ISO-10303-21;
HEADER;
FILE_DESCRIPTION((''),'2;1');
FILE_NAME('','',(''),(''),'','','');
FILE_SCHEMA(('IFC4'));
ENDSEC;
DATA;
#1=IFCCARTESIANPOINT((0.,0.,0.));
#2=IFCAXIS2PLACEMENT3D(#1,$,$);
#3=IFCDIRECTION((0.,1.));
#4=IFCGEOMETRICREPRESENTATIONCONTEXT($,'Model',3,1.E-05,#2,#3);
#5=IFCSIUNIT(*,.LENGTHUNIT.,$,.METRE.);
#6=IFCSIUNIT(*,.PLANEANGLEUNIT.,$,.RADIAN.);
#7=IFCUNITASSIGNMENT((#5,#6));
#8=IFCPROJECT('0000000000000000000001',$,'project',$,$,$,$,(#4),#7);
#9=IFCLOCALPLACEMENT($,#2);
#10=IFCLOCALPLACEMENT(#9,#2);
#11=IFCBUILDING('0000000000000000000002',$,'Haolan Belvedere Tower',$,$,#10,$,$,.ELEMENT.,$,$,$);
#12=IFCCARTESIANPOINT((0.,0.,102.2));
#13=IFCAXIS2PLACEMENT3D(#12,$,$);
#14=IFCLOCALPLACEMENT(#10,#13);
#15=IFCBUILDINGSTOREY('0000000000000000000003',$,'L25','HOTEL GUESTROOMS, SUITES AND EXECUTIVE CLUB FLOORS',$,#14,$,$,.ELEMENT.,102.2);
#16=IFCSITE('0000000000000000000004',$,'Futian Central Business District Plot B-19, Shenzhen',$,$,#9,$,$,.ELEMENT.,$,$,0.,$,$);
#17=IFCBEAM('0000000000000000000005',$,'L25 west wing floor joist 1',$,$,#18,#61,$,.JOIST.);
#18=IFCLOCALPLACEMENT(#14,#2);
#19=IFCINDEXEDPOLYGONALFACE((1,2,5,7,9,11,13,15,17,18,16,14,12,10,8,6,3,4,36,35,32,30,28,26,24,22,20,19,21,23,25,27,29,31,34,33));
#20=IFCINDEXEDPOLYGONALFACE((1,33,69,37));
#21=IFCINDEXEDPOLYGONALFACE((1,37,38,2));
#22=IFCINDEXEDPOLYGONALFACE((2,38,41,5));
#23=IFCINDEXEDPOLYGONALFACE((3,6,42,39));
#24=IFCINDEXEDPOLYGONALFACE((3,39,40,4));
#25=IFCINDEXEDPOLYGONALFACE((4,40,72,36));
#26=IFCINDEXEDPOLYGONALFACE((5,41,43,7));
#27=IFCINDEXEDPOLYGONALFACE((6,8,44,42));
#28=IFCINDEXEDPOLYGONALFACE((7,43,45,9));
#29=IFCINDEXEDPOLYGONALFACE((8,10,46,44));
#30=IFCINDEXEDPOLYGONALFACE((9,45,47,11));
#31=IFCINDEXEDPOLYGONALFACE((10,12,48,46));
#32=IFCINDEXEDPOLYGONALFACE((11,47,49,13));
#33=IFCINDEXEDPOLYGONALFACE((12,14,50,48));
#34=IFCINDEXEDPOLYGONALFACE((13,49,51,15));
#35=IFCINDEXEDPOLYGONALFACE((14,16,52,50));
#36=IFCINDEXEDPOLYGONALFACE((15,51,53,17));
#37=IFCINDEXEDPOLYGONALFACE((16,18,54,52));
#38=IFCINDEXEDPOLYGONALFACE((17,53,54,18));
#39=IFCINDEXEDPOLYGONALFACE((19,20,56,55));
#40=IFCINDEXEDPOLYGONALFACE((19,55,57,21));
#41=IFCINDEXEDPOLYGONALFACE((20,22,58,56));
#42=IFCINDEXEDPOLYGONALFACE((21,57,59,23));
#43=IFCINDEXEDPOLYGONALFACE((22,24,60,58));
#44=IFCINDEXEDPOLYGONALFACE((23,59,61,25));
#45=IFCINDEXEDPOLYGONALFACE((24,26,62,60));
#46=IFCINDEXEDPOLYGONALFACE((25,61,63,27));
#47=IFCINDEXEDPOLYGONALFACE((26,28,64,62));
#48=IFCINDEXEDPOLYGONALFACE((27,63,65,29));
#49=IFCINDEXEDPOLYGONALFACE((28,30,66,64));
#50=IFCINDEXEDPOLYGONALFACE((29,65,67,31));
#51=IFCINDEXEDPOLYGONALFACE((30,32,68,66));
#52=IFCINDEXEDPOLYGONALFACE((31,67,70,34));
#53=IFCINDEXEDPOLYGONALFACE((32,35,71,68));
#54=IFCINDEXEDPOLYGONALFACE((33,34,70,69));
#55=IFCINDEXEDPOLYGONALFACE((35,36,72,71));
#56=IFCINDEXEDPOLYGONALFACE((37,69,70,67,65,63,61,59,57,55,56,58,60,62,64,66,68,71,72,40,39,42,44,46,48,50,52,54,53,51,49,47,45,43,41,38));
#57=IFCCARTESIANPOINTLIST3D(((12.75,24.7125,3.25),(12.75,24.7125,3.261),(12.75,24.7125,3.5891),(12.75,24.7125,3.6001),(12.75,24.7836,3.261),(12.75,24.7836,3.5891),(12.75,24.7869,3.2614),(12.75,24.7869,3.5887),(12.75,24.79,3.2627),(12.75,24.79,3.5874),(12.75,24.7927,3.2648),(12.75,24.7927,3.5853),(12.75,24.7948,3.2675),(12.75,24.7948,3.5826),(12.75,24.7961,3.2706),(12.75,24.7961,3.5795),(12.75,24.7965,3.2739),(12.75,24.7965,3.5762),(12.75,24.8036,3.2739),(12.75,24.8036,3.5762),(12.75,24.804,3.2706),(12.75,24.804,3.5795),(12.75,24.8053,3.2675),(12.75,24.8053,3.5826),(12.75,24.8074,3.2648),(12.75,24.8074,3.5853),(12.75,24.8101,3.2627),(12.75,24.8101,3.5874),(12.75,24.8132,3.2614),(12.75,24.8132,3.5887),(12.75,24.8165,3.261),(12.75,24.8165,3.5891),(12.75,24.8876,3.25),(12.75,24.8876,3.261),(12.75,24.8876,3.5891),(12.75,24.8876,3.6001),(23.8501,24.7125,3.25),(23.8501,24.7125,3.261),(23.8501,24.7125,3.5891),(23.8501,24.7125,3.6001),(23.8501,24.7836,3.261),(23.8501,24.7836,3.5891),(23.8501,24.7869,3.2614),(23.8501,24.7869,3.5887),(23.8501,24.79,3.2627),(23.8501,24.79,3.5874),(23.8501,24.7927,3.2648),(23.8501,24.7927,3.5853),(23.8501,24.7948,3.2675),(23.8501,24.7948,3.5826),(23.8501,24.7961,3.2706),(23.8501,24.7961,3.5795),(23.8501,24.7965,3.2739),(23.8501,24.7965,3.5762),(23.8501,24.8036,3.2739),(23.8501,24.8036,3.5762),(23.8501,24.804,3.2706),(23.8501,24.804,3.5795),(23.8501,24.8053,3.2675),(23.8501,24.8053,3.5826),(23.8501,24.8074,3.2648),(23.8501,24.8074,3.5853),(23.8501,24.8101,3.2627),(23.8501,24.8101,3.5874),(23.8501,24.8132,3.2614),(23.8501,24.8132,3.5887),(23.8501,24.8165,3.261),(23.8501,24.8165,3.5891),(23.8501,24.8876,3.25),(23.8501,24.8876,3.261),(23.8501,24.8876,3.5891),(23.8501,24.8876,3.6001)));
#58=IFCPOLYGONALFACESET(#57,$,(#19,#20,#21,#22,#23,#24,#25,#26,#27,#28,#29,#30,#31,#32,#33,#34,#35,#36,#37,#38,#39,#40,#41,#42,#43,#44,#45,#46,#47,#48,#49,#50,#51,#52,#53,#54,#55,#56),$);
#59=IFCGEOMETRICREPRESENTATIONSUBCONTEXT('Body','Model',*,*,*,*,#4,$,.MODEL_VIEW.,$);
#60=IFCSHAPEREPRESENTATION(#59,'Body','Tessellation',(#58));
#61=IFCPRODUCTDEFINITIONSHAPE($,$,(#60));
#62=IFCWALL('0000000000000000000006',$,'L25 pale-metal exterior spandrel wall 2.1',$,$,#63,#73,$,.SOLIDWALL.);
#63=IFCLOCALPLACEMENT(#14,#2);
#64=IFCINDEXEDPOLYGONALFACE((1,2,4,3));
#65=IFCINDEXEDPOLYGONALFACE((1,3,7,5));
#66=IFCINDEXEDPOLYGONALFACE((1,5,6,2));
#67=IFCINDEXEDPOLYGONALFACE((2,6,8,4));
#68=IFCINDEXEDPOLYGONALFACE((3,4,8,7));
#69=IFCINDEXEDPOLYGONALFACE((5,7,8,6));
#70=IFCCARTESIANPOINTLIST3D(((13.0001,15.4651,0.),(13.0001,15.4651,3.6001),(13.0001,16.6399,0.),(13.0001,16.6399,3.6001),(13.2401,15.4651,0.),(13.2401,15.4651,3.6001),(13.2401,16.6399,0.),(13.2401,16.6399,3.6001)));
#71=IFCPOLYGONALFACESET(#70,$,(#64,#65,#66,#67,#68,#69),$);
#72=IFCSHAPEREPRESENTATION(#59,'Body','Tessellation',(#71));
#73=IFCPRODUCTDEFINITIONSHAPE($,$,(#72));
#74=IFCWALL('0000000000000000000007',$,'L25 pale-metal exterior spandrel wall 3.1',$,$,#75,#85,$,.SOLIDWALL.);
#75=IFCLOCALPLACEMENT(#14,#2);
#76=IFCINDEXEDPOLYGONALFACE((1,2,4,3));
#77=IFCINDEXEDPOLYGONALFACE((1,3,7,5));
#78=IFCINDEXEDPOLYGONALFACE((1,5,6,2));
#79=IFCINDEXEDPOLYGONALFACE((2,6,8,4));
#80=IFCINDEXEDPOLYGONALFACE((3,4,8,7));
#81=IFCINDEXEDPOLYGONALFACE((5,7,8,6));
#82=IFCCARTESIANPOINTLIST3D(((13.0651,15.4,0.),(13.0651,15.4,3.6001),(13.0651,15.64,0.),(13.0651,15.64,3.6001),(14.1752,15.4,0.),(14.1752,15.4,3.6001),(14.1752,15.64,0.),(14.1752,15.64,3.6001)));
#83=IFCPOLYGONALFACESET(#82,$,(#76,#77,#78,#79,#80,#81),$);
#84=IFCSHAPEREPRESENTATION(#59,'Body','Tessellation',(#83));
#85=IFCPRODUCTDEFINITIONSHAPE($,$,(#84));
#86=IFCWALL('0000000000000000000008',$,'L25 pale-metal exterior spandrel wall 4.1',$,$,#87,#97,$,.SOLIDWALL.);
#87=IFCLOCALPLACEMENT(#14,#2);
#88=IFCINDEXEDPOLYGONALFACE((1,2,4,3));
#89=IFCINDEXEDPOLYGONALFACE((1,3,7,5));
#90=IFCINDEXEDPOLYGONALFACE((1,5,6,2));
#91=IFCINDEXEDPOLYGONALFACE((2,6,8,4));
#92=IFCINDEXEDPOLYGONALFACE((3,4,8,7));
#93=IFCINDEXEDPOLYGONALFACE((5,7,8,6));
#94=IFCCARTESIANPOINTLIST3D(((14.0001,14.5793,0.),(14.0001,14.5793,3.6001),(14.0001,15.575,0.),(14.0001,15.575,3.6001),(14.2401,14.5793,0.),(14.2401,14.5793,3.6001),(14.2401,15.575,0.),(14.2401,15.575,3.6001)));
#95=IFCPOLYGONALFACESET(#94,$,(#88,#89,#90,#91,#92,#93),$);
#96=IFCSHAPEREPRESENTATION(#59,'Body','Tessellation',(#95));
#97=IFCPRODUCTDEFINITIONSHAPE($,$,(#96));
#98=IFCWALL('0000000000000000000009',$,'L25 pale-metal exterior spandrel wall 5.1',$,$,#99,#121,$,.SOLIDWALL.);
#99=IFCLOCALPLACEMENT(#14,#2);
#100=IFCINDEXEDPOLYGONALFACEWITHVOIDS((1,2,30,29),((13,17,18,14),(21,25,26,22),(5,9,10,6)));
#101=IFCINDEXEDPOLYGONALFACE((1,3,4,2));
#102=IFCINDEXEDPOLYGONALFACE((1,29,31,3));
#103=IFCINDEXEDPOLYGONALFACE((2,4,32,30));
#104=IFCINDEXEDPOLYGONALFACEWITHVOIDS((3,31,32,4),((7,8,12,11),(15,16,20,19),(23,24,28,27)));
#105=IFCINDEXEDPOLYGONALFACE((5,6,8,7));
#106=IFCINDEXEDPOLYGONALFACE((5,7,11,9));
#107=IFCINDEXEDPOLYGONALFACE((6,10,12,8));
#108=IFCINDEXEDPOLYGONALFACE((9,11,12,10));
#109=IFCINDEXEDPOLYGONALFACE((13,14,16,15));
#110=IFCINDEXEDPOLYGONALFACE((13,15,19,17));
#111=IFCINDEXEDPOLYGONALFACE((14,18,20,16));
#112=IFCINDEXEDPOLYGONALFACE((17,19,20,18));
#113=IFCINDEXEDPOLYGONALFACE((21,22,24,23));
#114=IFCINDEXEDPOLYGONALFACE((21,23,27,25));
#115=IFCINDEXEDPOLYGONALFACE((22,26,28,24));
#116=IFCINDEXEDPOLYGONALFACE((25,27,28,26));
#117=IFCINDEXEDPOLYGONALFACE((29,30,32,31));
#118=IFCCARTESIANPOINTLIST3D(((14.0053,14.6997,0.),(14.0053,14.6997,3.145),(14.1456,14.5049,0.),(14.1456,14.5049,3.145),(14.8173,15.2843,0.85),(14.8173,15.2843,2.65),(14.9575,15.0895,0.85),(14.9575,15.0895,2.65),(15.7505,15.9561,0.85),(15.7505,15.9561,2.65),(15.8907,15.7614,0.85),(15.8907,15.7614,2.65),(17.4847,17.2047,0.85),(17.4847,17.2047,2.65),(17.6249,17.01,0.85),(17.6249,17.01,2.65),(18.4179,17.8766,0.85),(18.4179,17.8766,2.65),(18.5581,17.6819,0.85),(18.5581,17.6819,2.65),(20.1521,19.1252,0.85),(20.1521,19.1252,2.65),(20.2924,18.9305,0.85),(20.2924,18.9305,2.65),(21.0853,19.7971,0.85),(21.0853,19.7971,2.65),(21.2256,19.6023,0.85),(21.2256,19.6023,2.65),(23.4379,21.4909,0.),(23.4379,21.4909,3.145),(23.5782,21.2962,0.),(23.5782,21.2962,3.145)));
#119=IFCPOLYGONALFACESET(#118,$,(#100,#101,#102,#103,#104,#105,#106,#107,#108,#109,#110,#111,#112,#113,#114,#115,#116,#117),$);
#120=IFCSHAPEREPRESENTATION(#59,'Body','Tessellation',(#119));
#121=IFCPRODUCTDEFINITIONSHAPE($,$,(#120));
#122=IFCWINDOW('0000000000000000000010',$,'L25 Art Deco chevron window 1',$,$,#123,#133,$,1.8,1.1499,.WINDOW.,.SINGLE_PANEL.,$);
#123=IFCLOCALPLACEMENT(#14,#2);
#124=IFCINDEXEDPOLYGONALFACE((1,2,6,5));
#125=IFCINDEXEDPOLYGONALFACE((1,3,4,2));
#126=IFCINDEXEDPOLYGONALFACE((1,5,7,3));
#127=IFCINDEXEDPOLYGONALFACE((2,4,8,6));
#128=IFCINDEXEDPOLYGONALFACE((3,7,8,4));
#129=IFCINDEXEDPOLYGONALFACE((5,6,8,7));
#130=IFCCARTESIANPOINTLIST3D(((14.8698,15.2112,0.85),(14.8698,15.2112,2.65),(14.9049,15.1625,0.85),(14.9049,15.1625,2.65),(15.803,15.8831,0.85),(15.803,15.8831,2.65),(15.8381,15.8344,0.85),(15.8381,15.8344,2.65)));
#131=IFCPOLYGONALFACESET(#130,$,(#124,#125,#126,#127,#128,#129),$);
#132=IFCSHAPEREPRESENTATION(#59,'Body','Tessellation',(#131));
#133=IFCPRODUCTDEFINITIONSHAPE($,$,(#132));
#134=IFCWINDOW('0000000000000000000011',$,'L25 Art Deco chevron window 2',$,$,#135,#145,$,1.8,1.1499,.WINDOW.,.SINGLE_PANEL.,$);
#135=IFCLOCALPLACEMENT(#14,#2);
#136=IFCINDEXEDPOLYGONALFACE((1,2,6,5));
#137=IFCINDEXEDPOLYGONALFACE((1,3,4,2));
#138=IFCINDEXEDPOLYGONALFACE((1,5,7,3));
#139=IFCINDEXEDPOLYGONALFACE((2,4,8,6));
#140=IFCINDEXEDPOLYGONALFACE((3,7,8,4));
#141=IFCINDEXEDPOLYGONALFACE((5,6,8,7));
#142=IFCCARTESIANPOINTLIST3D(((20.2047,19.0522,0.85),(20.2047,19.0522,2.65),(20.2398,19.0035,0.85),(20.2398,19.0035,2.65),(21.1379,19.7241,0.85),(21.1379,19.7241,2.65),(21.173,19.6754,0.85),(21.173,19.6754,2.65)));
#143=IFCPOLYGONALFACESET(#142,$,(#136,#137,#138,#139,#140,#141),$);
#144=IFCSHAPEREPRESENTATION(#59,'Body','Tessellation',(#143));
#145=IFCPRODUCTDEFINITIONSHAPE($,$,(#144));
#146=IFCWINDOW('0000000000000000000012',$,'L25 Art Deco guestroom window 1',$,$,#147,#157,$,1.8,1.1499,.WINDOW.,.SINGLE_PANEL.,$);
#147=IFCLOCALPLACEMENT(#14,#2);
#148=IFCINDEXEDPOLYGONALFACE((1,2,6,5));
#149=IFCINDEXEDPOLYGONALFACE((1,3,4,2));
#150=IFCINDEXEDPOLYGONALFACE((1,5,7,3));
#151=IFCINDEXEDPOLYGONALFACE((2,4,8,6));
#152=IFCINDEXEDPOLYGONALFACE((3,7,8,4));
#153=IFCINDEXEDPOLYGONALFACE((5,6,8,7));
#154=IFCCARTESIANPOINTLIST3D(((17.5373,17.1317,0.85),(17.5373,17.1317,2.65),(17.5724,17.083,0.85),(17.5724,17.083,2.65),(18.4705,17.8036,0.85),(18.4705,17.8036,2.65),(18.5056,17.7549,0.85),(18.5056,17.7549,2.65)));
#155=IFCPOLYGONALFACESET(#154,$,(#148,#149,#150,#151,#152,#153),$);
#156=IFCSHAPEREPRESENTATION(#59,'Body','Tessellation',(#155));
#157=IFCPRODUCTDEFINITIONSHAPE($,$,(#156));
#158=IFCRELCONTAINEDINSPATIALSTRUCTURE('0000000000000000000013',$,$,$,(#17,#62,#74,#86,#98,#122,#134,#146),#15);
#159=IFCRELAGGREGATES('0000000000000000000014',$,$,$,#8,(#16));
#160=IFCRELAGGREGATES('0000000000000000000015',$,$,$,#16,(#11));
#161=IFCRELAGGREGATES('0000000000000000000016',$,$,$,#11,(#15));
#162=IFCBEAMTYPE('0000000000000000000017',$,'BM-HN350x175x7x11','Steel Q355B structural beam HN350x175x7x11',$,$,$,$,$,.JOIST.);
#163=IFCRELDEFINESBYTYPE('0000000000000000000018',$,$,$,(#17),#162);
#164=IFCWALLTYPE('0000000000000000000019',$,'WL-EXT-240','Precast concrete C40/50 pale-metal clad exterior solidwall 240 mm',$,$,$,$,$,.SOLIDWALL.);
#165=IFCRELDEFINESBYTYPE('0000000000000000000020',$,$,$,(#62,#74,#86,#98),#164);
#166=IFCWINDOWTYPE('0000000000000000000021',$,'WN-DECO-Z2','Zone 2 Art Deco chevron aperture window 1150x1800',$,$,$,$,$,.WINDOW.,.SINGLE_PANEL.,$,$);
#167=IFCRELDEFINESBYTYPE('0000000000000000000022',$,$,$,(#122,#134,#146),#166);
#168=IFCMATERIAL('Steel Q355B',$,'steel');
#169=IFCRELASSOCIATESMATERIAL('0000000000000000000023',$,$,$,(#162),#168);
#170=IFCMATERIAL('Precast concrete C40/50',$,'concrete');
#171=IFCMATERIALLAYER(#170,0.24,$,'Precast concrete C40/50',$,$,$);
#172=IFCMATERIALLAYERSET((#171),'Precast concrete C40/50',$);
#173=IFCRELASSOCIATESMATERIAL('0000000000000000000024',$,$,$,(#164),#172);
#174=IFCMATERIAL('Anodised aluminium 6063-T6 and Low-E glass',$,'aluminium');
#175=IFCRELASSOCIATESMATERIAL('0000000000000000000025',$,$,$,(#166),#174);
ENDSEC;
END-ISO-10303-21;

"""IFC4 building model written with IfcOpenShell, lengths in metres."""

from ifc_helpers import new_model, si_unit, direction, frame, frame_2d, origin, origin_2d, place, context, subcontext, project, spatial, rectangle, i_section, extrude, material, layer, layer_set, material_profile, profile_set, type_object, element, fill, save


model = new_model("IFC4")

# Units and contexts
model_context = context("Model", 3, precision=1e-05, world=origin(), true_north=direction((0.0, 1.0)))
body_context = subcontext(model_context, "Body", "Model", "MODEL_VIEW")
ifc_project = project(units=[si_unit("LENGTHUNIT", "METRE"), si_unit("PLANEANGLEUNIT", "RADIAN")], contexts=[model_context])

# Site, building, storey
site_placement = place(None, origin())
site = spatial("IfcSite", under=ifc_project, at=site_placement, Name="Futian Central Business District Plot B-19, Shenzhen", CompositionType="ELEMENT", RefElevation=0.0)
building_placement = place(site_placement, origin())
building = spatial("IfcBuilding", under=site, at=building_placement, Name="Haolan Belvedere Tower", CompositionType="ELEMENT")
storey_placement = place(building_placement, frame((0.0, 0.0, 102.2)))
storey = spatial("IfcBuildingStorey", under=building, at=storey_placement, Name="L25", Description="HOTEL GUESTROOMS, SUITES AND EXECUTIVE CLUB FLOORS", CompositionType="ELEMENT", Elevation=102.2)

# Beam
ifc_material_1 = material(Name="Steel Q355B", Category="steel")
ifc_material_profile_1 = material_profile(ifc_material_1, i_section(OverallWidth=0.175, OverallDepth=0.3501, WebThickness=0.0071, FlangeThickness=0.011, FilletRadius=0.0129, at=origin_2d()), Name="Steel Q355B")
ifc_profile_set_1 = profile_set([ifc_material_profile_1], Name="Steel Q355B")
beam_type_1 = type_object("IfcBeamType", Name="BM-HN350x175x7x11", Description="Steel Q355B structural beam HN350x175x7x11", PredefinedType="JOIST", material=ifc_profile_set_1)
beam_1_placement = place(storey_placement, frame((12.75, 24.8, 3.425), z_axis=(1.0, 0.0, 0.0), x_axis=(0.0, 1.0, 0.0)))
element("IfcBeam", 1, at=beam_1_placement, inside=storey, type_object=beam_type_1, Name="L25 west wing floor joist 1", PredefinedType="JOIST", context=body_context, shape_type="SweptSolid", body=[
    extrude(i_section(OverallWidth=0.175, OverallDepth=0.3501, WebThickness=0.0071, FlangeThickness=0.011, FilletRadius=0.0129, at=origin_2d()), origin(), (0.0, 0.0, 1.0), 11.1001),
])

# Walls
ifc_material_2 = material(Name="Precast concrete C40/50", Category="concrete")
ifc_layer_1 = layer(ifc_material_2, 0.24, Name="Precast concrete C40/50")
ifc_layer_set_1 = layer_set([ifc_layer_1], Name="Precast concrete C40/50")
wall_type_1 = type_object("IfcWallType", Name="WL-EXT-240", Description="Precast concrete C40/50 pale-metal clad exterior solidwall 240 mm", PredefinedType="SOLIDWALL", material=ifc_layer_set_1)
wall_1_placement = place(storey_placement, frame((13.1201, 16.6399, 0.0), z_axis=(0.0, 0.0, 1.0), x_axis=(0.0, -1.0, 0.0)))
element("IfcWall", 2, at=wall_1_placement, inside=storey, type_object=wall_type_1, Name="L25 pale-metal exterior spandrel wall 2.1", PredefinedType="SOLIDWALL", context=body_context, shape_type="SweptSolid", body=[
    extrude(rectangle(XDim=1.1748, YDim=0.24, at=frame_2d((0.5874, 0.0))), origin(), (0.0, 0.0, 1.0), 3.6001),
])
wall_2_placement = place(storey_placement, frame((13.0649, 15.52, 0.0), z_axis=(0.0, 0.0, 1.0), x_axis=(1.0, 0.0, 0.0)))
element("IfcWall", 3, at=wall_2_placement, inside=storey, type_object=wall_type_1, Name="L25 pale-metal exterior spandrel wall 3.1", PredefinedType="SOLIDWALL", context=body_context, shape_type="SweptSolid", body=[
    extrude(rectangle(XDim=1.1101, YDim=0.24, at=frame_2d((0.5552, 0.0))), origin(), (0.0, 0.0, 1.0), 3.6001),
])
wall_3_placement = place(storey_placement, frame((14.1201, 15.575, 0.0), z_axis=(0.0, 0.0, 1.0), x_axis=(0.0, -1.0, 0.0)))
element("IfcWall", 4, at=wall_3_placement, inside=storey, type_object=wall_type_1, Name="L25 pale-metal exterior spandrel wall 4.1", PredefinedType="SOLIDWALL", context=body_context, shape_type="SweptSolid", body=[
    extrude(rectangle(XDim=0.9956, YDim=0.24, at=frame_2d((0.4978, 0.0))), origin(), (0.0, 0.0, 1.0), 3.6001),
])

# Wall, openings, windows
wall_4_placement = place(storey_placement, frame((14.0754, 14.6023, 0.0), z_axis=(0.0, 0.0, 1.0), x_axis=(0.811544, 0.584292, 0.0)))
wall_4 = element("IfcWall", 5, at=wall_4_placement, inside=storey, type_object=wall_type_1, Name="L25 pale-metal exterior spandrel wall 5.1", PredefinedType="SOLIDWALL", context=body_context, shape_type="SweptSolid", body=[
    extrude(rectangle(XDim=11.623, YDim=0.24, at=frame_2d((5.8115, 0.0))), origin(), (0.0, 0.0, 1.0), 3.145),
])
opening_1_placement = place(wall_4_placement, frame((1.0005, 0.0, 0.8501)))
opening_1 = element("IfcOpeningElement", 6, at=opening_1_placement, cuts=wall_4, PredefinedType="OPENING", context=body_context, shape_type="SweptSolid", body=[
    extrude(rectangle(XDim=1.1499, YDim=1.8, at=frame_2d((0.575, 0.8999))), frame((0.0, 0.1299, 0.0), z_axis=(0.0, -1.0, 0.0), x_axis=(1.0, 0.0, 0.0)), (0.0, 0.0, 1.0), 0.26),
])
opening_2_placement = place(wall_4_placement, frame((7.5742, 0.0, 0.8501)))
opening_2 = element("IfcOpeningElement", 7, at=opening_2_placement, cuts=wall_4, PredefinedType="OPENING", context=body_context, shape_type="SweptSolid", body=[
    extrude(rectangle(XDim=1.1499, YDim=1.8, at=frame_2d((0.575, 0.8999))), frame((0.0, 0.1299, 0.0), z_axis=(0.0, -1.0, 0.0), x_axis=(1.0, 0.0, 0.0)), (0.0, 0.0, 1.0), 0.26),
])
opening_3_placement = place(wall_4_placement, frame((4.2874, 0.0, 0.8501)))
opening_3 = element("IfcOpeningElement", 8, at=opening_3_placement, cuts=wall_4, PredefinedType="OPENING", context=body_context, shape_type="SweptSolid", body=[
    extrude(rectangle(XDim=1.1499, YDim=1.8, at=frame_2d((0.575, 0.8999))), frame((0.0, 0.1299, 0.0), z_axis=(0.0, -1.0, 0.0), x_axis=(1.0, 0.0, 0.0)), (0.0, 0.0, 1.0), 0.26),
])
ifc_material_3 = material(Name="Anodised aluminium 6063-T6 and Low-E glass", Category="aluminium")
window_type = type_object("IfcWindowType", Name="WN-DECO-Z2", Description="Zone 2 Art Deco chevron aperture window 1150x1800", PartitioningType="SINGLE_PANEL", PredefinedType="WINDOW", material=ifc_material_3)
window_1_placement = place(opening_1_placement, origin())
window_1 = element("IfcWindow", 9, at=window_1_placement, inside=storey, type_object=window_type, Name="L25 Art Deco chevron window 1", OverallHeight=1.8, OverallWidth=1.1499, PartitioningType="SINGLE_PANEL", PredefinedType="WINDOW", context=body_context, shape_type="SweptSolid", body=[
    extrude(rectangle(XDim=1.1499, YDim=1.8, at=frame_2d((0.575, 0.8999))), frame((0.0, 0.03, 0.0), z_axis=(0.0, -1.0, 0.0), x_axis=(1.0, 0.0, 0.0)), (0.0, 0.0, 1.0), 0.0601),
])
fill(opening_1, window_1)
window_2_placement = place(opening_2_placement, origin())
window_2 = element("IfcWindow", 10, at=window_2_placement, inside=storey, type_object=window_type, Name="L25 Art Deco chevron window 2", OverallHeight=1.8, OverallWidth=1.1499, PartitioningType="SINGLE_PANEL", PredefinedType="WINDOW", context=body_context, shape_type="SweptSolid", body=[
    extrude(rectangle(XDim=1.1499, YDim=1.8, at=frame_2d((0.575, 0.8999))), frame((0.0, 0.03, 0.0), z_axis=(0.0, -1.0, 0.0), x_axis=(1.0, 0.0, 0.0)), (0.0, 0.0, 1.0), 0.0601),
])
fill(opening_2, window_2)
window_3_placement = place(opening_3_placement, origin())
window_3 = element("IfcWindow", 11, at=window_3_placement, inside=storey, type_object=window_type, Name="L25 Art Deco guestroom window 1", OverallHeight=1.8, OverallWidth=1.1499, PartitioningType="SINGLE_PANEL", PredefinedType="WINDOW", context=body_context, shape_type="SweptSolid", body=[
    extrude(rectangle(XDim=1.1499, YDim=1.8, at=frame_2d((0.575, 0.8999))), frame((0.0, 0.03, 0.0), z_axis=(0.0, -1.0, 0.0), x_axis=(1.0, 0.0, 0.0)), (0.0, 0.0, 1.0), 0.0601),
])
fill(opening_3, window_3)

save(model, "model.ifc")
